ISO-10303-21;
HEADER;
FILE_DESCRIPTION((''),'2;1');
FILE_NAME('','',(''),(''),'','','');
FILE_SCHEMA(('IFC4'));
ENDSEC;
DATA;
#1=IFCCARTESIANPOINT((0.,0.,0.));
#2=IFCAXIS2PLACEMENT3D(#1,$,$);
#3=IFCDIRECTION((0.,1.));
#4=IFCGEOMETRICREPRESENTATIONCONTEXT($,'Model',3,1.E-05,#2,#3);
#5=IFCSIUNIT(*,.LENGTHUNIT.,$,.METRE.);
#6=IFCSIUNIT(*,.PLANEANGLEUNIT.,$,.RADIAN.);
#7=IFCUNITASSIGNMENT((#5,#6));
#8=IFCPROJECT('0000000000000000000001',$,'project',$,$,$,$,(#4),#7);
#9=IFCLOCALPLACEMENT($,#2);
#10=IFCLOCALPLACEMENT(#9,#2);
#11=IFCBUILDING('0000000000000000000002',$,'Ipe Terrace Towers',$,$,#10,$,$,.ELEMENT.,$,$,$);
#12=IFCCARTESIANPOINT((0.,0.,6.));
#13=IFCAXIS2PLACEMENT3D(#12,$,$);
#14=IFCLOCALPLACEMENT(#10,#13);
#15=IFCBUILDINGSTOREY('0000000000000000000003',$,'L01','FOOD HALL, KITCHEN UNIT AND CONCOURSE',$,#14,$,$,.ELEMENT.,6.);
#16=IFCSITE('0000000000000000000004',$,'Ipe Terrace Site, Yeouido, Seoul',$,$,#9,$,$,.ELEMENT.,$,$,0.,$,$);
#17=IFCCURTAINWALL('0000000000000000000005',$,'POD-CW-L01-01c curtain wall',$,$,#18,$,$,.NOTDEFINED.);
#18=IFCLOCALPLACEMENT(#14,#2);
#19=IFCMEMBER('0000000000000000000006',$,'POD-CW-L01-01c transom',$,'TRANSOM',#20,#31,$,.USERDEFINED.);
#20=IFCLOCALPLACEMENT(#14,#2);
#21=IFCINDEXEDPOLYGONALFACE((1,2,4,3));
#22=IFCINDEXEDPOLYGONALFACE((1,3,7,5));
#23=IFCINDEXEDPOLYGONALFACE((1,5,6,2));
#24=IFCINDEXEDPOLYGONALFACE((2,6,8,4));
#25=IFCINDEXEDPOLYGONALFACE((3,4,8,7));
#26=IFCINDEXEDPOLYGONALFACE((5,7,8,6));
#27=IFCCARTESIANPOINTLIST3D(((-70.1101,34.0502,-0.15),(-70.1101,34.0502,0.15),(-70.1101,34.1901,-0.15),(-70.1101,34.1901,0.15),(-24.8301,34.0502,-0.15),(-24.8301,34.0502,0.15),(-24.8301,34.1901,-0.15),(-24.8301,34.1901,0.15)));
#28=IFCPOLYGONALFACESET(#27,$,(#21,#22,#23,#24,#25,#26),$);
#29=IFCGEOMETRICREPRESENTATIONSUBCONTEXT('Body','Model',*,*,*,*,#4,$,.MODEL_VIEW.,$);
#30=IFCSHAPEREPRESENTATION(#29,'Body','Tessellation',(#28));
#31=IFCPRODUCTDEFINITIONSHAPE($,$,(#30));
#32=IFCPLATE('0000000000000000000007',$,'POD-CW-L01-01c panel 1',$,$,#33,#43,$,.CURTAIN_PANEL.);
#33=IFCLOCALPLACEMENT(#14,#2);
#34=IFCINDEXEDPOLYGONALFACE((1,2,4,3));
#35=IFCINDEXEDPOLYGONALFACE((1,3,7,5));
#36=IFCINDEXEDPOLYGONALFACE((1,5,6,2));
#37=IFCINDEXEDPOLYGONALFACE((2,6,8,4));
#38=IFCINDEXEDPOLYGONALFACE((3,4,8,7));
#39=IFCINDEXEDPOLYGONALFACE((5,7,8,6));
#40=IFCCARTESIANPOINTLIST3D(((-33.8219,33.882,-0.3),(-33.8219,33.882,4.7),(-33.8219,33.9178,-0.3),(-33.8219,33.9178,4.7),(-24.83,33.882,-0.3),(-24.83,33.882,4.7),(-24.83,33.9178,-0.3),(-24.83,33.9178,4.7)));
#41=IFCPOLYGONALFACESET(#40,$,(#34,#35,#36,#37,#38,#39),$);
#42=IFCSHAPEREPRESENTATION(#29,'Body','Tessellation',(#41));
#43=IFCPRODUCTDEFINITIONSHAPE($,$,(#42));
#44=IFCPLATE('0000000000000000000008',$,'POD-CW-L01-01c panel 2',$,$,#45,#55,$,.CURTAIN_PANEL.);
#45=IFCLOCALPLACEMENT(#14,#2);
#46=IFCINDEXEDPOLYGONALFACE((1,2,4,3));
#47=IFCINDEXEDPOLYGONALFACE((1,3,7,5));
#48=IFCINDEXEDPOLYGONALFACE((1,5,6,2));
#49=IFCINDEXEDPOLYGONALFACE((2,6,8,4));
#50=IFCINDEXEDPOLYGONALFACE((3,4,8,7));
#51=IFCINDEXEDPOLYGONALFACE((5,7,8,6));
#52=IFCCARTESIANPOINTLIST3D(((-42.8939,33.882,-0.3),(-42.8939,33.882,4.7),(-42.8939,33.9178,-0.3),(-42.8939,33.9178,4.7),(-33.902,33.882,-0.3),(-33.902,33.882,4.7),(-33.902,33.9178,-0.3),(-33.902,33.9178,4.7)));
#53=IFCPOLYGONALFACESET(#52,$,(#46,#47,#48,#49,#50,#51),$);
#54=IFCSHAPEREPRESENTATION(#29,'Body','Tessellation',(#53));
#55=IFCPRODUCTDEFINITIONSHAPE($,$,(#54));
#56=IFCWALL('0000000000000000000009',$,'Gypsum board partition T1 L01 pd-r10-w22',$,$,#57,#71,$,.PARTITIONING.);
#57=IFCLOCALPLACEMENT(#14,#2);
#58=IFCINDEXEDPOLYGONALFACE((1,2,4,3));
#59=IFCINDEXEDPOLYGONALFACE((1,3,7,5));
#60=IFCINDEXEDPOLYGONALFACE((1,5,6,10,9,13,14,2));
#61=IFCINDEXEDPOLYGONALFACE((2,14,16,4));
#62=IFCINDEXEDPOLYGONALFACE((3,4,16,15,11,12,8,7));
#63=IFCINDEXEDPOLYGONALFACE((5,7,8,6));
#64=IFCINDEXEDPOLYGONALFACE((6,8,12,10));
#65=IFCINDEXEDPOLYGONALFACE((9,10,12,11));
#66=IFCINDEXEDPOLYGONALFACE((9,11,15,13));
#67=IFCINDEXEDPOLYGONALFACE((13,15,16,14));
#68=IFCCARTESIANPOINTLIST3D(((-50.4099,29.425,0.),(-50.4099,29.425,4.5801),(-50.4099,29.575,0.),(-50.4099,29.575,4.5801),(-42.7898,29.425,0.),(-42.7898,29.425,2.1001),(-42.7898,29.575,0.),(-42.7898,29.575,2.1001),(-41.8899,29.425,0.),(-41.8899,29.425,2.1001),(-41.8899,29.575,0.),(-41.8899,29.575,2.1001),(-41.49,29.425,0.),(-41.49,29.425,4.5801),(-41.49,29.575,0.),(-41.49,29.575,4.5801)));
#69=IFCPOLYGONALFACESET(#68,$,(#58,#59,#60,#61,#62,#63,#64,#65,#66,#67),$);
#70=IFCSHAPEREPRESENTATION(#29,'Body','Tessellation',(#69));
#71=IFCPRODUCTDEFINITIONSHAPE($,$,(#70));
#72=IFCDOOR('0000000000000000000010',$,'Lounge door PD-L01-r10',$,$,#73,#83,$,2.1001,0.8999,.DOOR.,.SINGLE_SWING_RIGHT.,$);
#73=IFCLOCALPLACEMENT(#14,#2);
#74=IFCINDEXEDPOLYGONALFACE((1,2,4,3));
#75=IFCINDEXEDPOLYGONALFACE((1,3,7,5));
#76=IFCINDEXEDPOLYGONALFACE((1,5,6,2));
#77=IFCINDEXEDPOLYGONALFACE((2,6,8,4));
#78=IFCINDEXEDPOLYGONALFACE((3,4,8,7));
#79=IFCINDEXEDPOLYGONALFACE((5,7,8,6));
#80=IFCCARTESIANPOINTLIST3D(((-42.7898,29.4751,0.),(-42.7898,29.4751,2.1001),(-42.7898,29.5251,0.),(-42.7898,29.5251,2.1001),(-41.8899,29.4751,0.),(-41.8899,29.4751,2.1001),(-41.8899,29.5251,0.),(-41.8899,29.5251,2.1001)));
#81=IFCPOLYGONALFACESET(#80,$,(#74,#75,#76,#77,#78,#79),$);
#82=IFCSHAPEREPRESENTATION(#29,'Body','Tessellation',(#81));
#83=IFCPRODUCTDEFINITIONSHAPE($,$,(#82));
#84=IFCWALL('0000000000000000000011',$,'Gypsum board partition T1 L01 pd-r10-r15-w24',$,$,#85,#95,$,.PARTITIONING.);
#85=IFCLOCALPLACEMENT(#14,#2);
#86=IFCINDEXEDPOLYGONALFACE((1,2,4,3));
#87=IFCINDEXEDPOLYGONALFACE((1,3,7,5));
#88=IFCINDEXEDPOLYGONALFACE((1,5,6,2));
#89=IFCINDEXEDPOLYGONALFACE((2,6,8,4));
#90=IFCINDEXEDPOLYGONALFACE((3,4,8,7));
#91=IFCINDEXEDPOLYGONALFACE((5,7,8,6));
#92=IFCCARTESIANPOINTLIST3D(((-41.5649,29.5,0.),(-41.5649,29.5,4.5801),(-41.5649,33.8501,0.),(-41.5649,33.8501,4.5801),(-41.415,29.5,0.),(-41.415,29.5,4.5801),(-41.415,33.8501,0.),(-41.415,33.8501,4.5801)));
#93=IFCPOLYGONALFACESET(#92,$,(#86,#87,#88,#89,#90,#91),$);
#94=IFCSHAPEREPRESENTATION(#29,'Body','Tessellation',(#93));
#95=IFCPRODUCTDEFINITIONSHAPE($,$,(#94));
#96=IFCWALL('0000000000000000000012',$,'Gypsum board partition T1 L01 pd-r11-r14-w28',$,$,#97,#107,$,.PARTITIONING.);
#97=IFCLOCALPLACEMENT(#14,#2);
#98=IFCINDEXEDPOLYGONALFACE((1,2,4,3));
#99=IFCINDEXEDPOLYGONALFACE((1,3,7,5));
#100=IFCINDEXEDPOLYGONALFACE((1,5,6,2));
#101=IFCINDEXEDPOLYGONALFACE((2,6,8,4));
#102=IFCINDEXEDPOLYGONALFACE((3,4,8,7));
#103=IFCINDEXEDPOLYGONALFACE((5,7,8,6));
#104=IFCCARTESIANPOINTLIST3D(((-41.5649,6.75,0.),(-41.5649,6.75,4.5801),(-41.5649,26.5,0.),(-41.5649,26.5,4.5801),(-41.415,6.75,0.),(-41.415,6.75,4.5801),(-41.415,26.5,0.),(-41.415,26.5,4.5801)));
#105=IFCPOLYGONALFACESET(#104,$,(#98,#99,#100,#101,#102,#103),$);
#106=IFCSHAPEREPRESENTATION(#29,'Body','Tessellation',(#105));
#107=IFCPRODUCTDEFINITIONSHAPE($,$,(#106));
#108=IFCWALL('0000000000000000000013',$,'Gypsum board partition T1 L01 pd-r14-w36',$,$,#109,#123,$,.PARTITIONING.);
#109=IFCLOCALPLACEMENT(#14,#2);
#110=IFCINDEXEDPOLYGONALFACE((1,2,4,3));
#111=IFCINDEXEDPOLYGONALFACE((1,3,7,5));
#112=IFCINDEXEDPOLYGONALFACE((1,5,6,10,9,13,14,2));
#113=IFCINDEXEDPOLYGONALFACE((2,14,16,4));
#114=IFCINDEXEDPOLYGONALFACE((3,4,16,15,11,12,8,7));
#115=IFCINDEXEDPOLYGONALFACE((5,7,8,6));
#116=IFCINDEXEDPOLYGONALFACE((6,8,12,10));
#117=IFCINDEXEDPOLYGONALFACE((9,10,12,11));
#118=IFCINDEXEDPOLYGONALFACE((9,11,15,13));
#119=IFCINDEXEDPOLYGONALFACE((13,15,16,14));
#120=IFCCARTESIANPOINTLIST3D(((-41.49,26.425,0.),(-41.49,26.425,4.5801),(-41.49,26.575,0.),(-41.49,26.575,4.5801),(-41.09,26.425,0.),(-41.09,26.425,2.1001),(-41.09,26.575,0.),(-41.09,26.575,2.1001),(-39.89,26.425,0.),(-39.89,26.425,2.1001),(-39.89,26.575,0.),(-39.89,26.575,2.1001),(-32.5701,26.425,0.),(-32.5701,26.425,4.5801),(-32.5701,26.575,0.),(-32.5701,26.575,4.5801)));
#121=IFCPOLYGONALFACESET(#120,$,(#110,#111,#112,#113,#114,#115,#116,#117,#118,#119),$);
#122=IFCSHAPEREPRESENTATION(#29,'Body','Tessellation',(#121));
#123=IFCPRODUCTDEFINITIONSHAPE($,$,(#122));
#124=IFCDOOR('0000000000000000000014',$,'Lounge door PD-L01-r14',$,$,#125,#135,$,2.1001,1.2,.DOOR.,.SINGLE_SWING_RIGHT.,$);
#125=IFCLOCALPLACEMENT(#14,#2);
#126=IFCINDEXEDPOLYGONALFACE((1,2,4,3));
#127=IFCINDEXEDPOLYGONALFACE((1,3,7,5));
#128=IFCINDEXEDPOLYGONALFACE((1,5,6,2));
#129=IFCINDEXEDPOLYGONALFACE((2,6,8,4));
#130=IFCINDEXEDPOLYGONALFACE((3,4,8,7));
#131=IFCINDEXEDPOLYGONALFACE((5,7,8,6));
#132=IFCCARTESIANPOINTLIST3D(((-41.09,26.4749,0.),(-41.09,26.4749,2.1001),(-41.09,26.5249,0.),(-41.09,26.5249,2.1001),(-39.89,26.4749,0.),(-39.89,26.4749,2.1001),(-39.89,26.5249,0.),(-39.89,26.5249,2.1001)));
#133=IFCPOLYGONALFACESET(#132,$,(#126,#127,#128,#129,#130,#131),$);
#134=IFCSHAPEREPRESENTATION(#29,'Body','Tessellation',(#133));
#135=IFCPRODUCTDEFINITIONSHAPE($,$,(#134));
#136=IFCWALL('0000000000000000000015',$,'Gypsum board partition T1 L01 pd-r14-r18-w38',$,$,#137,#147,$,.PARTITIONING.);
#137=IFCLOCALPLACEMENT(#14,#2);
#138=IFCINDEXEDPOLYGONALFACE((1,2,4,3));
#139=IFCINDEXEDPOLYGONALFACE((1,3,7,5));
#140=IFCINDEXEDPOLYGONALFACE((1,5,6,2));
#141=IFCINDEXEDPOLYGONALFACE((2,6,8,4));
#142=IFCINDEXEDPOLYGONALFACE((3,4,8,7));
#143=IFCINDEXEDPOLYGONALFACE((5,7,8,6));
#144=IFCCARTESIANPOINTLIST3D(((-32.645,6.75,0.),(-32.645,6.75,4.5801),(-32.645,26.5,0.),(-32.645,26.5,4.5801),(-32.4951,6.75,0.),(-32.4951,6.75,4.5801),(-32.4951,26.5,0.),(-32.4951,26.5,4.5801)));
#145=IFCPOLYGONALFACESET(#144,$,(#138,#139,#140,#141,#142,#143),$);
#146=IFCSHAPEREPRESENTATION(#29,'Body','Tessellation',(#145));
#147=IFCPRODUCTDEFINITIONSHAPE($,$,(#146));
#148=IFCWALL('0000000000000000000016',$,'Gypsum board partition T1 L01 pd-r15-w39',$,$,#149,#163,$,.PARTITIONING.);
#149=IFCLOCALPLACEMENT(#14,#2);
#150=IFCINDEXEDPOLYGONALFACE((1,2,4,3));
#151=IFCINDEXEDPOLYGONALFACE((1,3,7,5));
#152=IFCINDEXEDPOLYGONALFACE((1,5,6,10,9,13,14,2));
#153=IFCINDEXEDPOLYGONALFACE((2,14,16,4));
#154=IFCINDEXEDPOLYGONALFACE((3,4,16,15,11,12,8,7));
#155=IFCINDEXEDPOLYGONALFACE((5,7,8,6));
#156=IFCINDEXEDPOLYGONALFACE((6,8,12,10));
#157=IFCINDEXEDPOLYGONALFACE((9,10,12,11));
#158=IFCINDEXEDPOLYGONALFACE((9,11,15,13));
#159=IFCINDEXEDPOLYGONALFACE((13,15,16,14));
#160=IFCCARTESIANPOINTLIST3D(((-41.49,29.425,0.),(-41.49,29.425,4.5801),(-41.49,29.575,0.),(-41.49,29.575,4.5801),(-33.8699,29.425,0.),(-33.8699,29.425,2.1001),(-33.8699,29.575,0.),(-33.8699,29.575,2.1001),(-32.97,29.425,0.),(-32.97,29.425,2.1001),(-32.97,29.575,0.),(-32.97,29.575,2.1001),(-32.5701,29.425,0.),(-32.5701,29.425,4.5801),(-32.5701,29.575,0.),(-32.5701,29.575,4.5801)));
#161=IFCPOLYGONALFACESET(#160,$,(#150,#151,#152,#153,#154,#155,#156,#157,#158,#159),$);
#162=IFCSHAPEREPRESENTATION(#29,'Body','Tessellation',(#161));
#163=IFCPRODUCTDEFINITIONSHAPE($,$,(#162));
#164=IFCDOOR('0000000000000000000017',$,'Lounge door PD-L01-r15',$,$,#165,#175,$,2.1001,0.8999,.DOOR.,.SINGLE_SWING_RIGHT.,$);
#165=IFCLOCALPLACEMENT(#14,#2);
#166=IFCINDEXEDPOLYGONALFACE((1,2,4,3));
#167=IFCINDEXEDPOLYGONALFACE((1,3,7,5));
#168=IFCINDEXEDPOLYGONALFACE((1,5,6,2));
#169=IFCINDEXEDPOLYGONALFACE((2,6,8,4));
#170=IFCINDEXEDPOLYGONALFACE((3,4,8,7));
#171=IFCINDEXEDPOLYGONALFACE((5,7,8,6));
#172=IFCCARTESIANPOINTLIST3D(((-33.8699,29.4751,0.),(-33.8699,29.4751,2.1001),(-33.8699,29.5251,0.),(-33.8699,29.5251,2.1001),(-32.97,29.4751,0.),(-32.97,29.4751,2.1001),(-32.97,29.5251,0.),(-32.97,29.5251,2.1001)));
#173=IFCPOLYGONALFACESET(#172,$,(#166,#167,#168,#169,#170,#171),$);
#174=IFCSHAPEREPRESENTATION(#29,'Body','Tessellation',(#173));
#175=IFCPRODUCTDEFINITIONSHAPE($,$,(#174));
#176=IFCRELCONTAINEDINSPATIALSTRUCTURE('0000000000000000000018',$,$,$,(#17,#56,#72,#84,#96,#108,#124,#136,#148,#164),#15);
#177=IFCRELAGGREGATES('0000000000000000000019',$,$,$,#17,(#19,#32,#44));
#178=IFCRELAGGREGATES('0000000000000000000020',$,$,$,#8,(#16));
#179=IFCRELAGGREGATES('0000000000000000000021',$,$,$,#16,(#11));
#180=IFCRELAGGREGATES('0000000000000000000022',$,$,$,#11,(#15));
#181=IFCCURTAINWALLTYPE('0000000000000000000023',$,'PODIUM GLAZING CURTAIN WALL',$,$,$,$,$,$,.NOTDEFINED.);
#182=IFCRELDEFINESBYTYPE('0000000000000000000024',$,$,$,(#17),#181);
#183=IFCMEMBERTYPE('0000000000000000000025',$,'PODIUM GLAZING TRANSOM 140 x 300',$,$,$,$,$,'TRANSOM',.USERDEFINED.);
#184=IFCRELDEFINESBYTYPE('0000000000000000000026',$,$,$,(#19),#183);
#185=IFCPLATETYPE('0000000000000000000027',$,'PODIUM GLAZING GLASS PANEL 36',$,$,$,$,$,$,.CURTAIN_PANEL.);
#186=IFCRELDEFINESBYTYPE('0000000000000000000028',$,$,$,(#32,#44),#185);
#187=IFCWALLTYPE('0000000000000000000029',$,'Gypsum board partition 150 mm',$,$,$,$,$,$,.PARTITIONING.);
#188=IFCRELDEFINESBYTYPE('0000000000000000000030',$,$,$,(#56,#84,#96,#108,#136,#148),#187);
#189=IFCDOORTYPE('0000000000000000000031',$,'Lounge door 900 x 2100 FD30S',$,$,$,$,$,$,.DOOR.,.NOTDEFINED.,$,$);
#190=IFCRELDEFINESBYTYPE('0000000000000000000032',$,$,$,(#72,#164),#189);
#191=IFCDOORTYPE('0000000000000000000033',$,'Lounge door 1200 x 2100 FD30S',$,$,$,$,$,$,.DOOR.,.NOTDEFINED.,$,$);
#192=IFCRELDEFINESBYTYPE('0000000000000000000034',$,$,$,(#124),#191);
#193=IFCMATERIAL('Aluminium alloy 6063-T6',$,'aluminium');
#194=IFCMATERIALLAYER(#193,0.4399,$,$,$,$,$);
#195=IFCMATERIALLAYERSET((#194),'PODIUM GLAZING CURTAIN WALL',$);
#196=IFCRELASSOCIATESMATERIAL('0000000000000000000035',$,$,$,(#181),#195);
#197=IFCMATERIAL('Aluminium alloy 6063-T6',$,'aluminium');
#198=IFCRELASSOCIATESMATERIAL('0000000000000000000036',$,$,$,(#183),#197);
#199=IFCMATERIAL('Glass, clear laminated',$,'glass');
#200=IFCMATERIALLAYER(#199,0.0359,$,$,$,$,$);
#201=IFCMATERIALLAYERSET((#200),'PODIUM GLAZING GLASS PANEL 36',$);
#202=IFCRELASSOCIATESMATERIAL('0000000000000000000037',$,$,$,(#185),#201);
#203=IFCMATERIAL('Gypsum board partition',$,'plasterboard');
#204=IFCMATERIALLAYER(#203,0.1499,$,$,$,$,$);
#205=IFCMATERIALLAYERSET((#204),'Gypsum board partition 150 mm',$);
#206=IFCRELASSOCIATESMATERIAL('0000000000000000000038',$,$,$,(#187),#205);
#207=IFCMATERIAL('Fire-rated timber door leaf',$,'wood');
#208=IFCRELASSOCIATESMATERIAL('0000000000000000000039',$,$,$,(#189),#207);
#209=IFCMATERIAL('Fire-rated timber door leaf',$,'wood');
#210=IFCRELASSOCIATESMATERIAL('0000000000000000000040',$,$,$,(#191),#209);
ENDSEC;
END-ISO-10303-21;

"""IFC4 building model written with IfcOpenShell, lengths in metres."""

from ifc_helpers import new_model, si_unit, direction, frame, frame_2d, origin, origin_2d, place, context, subcontext, project, spatial, rectangle, extrude, material, layer, layer_set, material_profile, profile_set, type_object, element, fill, aggregate, save


model = new_model("IFC4")

# Units and contexts
model_context = context("Model", 3, precision=1e-05, world=origin(), true_north=direction((0.0, 1.0)))
body_context = subcontext(model_context, "Body", "Model", "MODEL_VIEW")
ifc_project = project(units=[si_unit("LENGTHUNIT", "METRE"), si_unit("PLANEANGLEUNIT", "RADIAN")], contexts=[model_context])

# Site, building, storey
site_placement = place(None, origin())
site = spatial("IfcSite", under=ifc_project, at=site_placement, Name="Ipe Terrace Site, Yeouido, Seoul", CompositionType="ELEMENT", RefElevation=0.0)
building_placement = place(site_placement, origin())
building = spatial("IfcBuilding", under=site, at=building_placement, Name="Ipe Terrace Towers", CompositionType="ELEMENT")
storey_placement = place(building_placement, frame((0.0, 0.0, 6.0)))
storey = spatial("IfcBuildingStorey", under=building, at=storey_placement, Name="L01", Description="FOOD HALL, KITCHEN UNIT AND CONCOURSE", CompositionType="ELEMENT", Elevation=6.0)

# Shared definitions
ifc_material_1 = material(Name="Aluminium alloy 6063-T6", Category="aluminium")
ifc_layer_1 = layer(ifc_material_1, 0.4399)
ifc_layer_set_1 = layer_set([ifc_layer_1], Name="PODIUM GLAZING CURTAIN WALL")
curtain_wall_type = type_object("IfcCurtainWallType", Name="PODIUM GLAZING CURTAIN WALL", PredefinedType="NOTDEFINED", material=ifc_layer_set_1)

# Curtain wall, member, plates
curtain_wall_1_placement = place(storey_placement, origin())
curtain_wall_1 = element("IfcCurtainWall", 1, at=curtain_wall_1_placement, inside=storey, type_object=curtain_wall_type, Name="POD-CW-L01-01c curtain wall", PredefinedType="NOTDEFINED")
ifc_material_2 = material(Name="Aluminium alloy 6063-T6", Category="aluminium")
ifc_material_profile_1 = material_profile(ifc_material_2, rectangle(XDim=0.1399, YDim=0.3, at=origin_2d()), Name="PODIUM GLAZING TRANSOM 140 x 300")
ifc_profile_set_1 = profile_set([ifc_material_profile_1], Name="Aluminium alloy 6063-T6")
member_type_1 = type_object("IfcMemberType", Name="PODIUM GLAZING TRANSOM 140 x 300", ElementType="TRANSOM", PredefinedType="USERDEFINED", material=ifc_profile_set_1)
member_1_placement = place(storey_placement, frame((-24.8301, 34.1201, 0.0), z_axis=(-1.0, 0.0, 0.0), x_axis=(0.0, 1.0, 0.0)))
member_1 = element("IfcMember", 2, at=member_1_placement, type_object=member_type_1, Name="POD-CW-L01-01c transom", ObjectType="TRANSOM", PredefinedType="USERDEFINED", context=body_context, shape_type="SweptSolid", body=[
    extrude(rectangle(XDim=0.1399, YDim=0.3, at=origin_2d()), origin(), (0.0, 0.0, 1.0), 45.28),
])
ifc_material_3 = material(Name="Glass, clear laminated", Category="glass")
ifc_layer_2 = layer(ifc_material_3, 0.0359)
ifc_layer_set_2 = layer_set([ifc_layer_2], Name="PODIUM GLAZING GLASS PANEL 36")
plate_type = type_object("IfcPlateType", Name="PODIUM GLAZING GLASS PANEL 36", PredefinedType="CURTAIN_PANEL", material=ifc_layer_set_2)
plate_1_placement = place(storey_placement, frame((-29.3259, 33.8999, -0.3), z_axis=(0.0, 0.0, 1.0), x_axis=(-1.0, 0.0, 0.0)))
plate_1 = element("IfcPlate", 3, at=plate_1_placement, type_object=plate_type, Name="POD-CW-L01-01c panel 1", PredefinedType="CURTAIN_PANEL", context=body_context, shape_type="SweptSolid", body=[
    extrude(rectangle(XDim=8.9919, YDim=0.0359, at=origin_2d()), origin(), (0.0, 0.0, 1.0), 5.0),
])
plate_2_placement = place(storey_placement, frame((-38.3979, 33.8999, -0.3), z_axis=(0.0, 0.0, 1.0), x_axis=(-1.0, 0.0, 0.0)))
plate_2 = element("IfcPlate", 4, at=plate_2_placement, type_object=plate_type, Name="POD-CW-L01-01c panel 2", PredefinedType="CURTAIN_PANEL", context=body_context, shape_type="SweptSolid", body=[
    extrude(rectangle(XDim=8.9919, YDim=0.0359, at=origin_2d()), origin(), (0.0, 0.0, 1.0), 5.0),
])
aggregate(curtain_wall_1, [member_1, plate_1, plate_2])

# Wall, opening, door
ifc_material_4 = material(Name="Gypsum board partition", Category="plasterboard")
ifc_layer_3 = layer(ifc_material_4, 0.1499)
ifc_layer_set_3 = layer_set([ifc_layer_3], Name="Gypsum board partition 150 mm")
wall_type = type_object("IfcWallType", Name="Gypsum board partition 150 mm", PredefinedType="PARTITIONING", material=ifc_layer_set_3)
wall_1_placement = place(storey_placement, frame((-41.49, 29.5, 0.0), z_axis=(0.0, 0.0, 1.0), x_axis=(-1.0, 0.0, 0.0)))
wall_1 = element("IfcWall", 5, at=wall_1_placement, inside=storey, type_object=wall_type, Name="Gypsum board partition T1 L01 pd-r10-w22", PredefinedType="PARTITIONING", context=body_context, shape_type="SweptSolid", body=[
    extrude(rectangle(XDim=8.9199, YDim=0.1499, at=frame_2d((4.46, 0.0))), origin(), (0.0, 0.0, 1.0), 4.5801),
])
opening_1_placement = place(wall_1_placement, frame((0.3999, 0.0, 0.0)))
opening_1 = element("IfcOpeningElement", 6, at=opening_1_placement, cuts=wall_1, PredefinedType="OPENING", context=body_context, shape_type="SweptSolid", body=[
    extrude(rectangle(XDim=0.8999, YDim=2.1001, at=frame_2d((0.45, 1.05))), frame((0.0, 0.085, 0.0), z_axis=(0.0, -1.0, 0.0), x_axis=(1.0, 0.0, 0.0)), (0.0, 0.0, 1.0), 0.1699),
])
ifc_material_5 = material(Name="Fire-rated timber door leaf", Category="wood")
door_type_1 = type_object("IfcDoorType", Name="Lounge door 900 x 2100 FD30S", OperationType="NOTDEFINED", PredefinedType="DOOR", material=ifc_material_5)
door_1_placement = place(opening_1_placement, origin())
door_1 = element("IfcDoor", 7, at=door_1_placement, inside=storey, type_object=door_type_1, Name="Lounge door PD-L01-r10", OperationType="SINGLE_SWING_RIGHT", OverallHeight=2.1001, OverallWidth=0.8999, PredefinedType="DOOR", context=body_context, shape_type="SweptSolid", body=[
    extrude(rectangle(XDim=0.8999, YDim=2.1001, at=frame_2d((0.45, 1.05))), frame((0.0, 0.0249, 0.0), z_axis=(0.0, -1.0, 0.0), x_axis=(1.0, 0.0, 0.0)), (0.0, 0.0, 1.0), 0.05),
])
fill(opening_1, door_1)

# Walls
wall_2_placement = place(storey_placement, frame((-41.49, 33.8501, 0.0), z_axis=(0.0, 0.0, 1.0), x_axis=(0.0, -1.0, 0.0)))
element("IfcWall", 8, at=wall_2_placement, inside=storey, type_object=wall_type, Name="Gypsum board partition T1 L01 pd-r10-r15-w24", PredefinedType="PARTITIONING", context=body_context, shape_type="SweptSolid", body=[
    extrude(rectangle(XDim=4.3501, YDim=0.1499, at=frame_2d((2.175, 0.0))), origin(), (0.0, 0.0, 1.0), 4.5801),
])
wall_3_placement = place(storey_placement, frame((-41.49, 26.5, 0.0), z_axis=(0.0, 0.0, 1.0), x_axis=(0.0, -1.0, 0.0)))
element("IfcWall", 9, at=wall_3_placement, inside=storey, type_object=wall_type, Name="Gypsum board partition T1 L01 pd-r11-r14-w28", PredefinedType="PARTITIONING", context=body_context, shape_type="SweptSolid", body=[
    extrude(rectangle(XDim=19.75, YDim=0.1499, at=frame_2d((9.875, 0.0))), origin(), (0.0, 0.0, 1.0), 4.5801),
])

# Wall, opening, door
wall_4_placement = place(storey_placement, frame((-41.49, 26.5, 0.0), z_axis=(0.0, 0.0, 1.0), x_axis=(1.0, 0.0, 0.0)))
wall_4 = element("IfcWall", 10, at=wall_4_placement, inside=storey, type_object=wall_type, Name="Gypsum board partition T1 L01 pd-r14-w36", PredefinedType="PARTITIONING", context=body_context, shape_type="SweptSolid", body=[
    extrude(rectangle(XDim=8.9199, YDim=0.1499, at=frame_2d((4.46, 0.0))), origin(), (0.0, 0.0, 1.0), 4.5801),
])
opening_2_placement = place(wall_4_placement, frame((0.3999, 0.0, 0.0)))
opening_2 = element("IfcOpeningElement", 11, at=opening_2_placement, cuts=wall_4, PredefinedType="OPENING", context=body_context, shape_type="SweptSolid", body=[
    extrude(rectangle(XDim=1.2, YDim=2.1001, at=frame_2d((0.6001, 1.05))), frame((0.0, 0.085, 0.0), z_axis=(0.0, -1.0, 0.0), x_axis=(1.0, 0.0, 0.0)), (0.0, 0.0, 1.0), 0.1699),
])
ifc_material_6 = material(Name="Fire-rated timber door leaf", Category="wood")
door_type_2 = type_object("IfcDoorType", Name="Lounge door 1200 x 2100 FD30S", OperationType="NOTDEFINED", PredefinedType="DOOR", material=ifc_material_6)
door_2_placement = place(opening_2_placement, origin())
door_2 = element("IfcDoor", 12, at=door_2_placement, inside=storey, type_object=door_type_2, Name="Lounge door PD-L01-r14", OperationType="SINGLE_SWING_RIGHT", OverallHeight=2.1001, OverallWidth=1.2, PredefinedType="DOOR", context=body_context, shape_type="SweptSolid", body=[
    extrude(rectangle(XDim=1.2, YDim=2.1001, at=frame_2d((0.6001, 1.05))), frame((0.0, 0.0249, 0.0), z_axis=(0.0, -1.0, 0.0), x_axis=(1.0, 0.0, 0.0)), (0.0, 0.0, 1.0), 0.05),
])
fill(opening_2, door_2)

# Wall
wall_5_placement = place(storey_placement, frame((-32.5701, 26.5, 0.0), z_axis=(0.0, 0.0, 1.0), x_axis=(0.0, -1.0, 0.0)))
element("IfcWall", 13, at=wall_5_placement, inside=storey, type_object=wall_type, Name="Gypsum board partition T1 L01 pd-r14-r18-w38", PredefinedType="PARTITIONING", context=body_context, shape_type="SweptSolid", body=[
    extrude(rectangle(XDim=19.75, YDim=0.1499, at=frame_2d((9.875, 0.0))), origin(), (0.0, 0.0, 1.0), 4.5801),
])

# Wall, opening, door
wall_6_placement = place(storey_placement, frame((-32.5701, 29.5, 0.0), z_axis=(0.0, 0.0, 1.0), x_axis=(-1.0, 0.0, 0.0)))
wall_6 = element("IfcWall", 14, at=wall_6_placement, inside=storey, type_object=wall_type, Name="Gypsum board partition T1 L01 pd-r15-w39", PredefinedType="PARTITIONING", context=body_context, shape_type="SweptSolid", body=[
    extrude(rectangle(XDim=8.9199, YDim=0.1499, at=frame_2d((4.46, 0.0))), origin(), (0.0, 0.0, 1.0), 4.5801),
])
opening_3_placement = place(wall_6_placement, frame((0.3999, 0.0, 0.0)))
opening_3 = element("IfcOpeningElement", 15, at=opening_3_placement, cuts=wall_6, PredefinedType="OPENING", context=body_context, shape_type="SweptSolid", body=[
    extrude(rectangle(XDim=0.8999, YDim=2.1001, at=frame_2d((0.45, 1.05))), frame((0.0, 0.085, 0.0), z_axis=(0.0, -1.0, 0.0), x_axis=(1.0, 0.0, 0.0)), (0.0, 0.0, 1.0), 0.1699),
])
door_3_placement = place(opening_3_placement, origin())
door_3 = element("IfcDoor", 16, at=door_3_placement, inside=storey, type_object=door_type_1, Name="Lounge door PD-L01-r15", OperationType="SINGLE_SWING_RIGHT", OverallHeight=2.1001, OverallWidth=0.8999, PredefinedType="DOOR", context=body_context, shape_type="SweptSolid", body=[
    extrude(rectangle(XDim=0.8999, YDim=2.1001, at=frame_2d((0.45, 1.05))), frame((0.0, 0.0249, 0.0), z_axis=(0.0, -1.0, 0.0), x_axis=(1.0, 0.0, 0.0)), (0.0, 0.0, 1.0), 0.05),
])
fill(opening_3, door_3)

save(model, "model.ifc")
